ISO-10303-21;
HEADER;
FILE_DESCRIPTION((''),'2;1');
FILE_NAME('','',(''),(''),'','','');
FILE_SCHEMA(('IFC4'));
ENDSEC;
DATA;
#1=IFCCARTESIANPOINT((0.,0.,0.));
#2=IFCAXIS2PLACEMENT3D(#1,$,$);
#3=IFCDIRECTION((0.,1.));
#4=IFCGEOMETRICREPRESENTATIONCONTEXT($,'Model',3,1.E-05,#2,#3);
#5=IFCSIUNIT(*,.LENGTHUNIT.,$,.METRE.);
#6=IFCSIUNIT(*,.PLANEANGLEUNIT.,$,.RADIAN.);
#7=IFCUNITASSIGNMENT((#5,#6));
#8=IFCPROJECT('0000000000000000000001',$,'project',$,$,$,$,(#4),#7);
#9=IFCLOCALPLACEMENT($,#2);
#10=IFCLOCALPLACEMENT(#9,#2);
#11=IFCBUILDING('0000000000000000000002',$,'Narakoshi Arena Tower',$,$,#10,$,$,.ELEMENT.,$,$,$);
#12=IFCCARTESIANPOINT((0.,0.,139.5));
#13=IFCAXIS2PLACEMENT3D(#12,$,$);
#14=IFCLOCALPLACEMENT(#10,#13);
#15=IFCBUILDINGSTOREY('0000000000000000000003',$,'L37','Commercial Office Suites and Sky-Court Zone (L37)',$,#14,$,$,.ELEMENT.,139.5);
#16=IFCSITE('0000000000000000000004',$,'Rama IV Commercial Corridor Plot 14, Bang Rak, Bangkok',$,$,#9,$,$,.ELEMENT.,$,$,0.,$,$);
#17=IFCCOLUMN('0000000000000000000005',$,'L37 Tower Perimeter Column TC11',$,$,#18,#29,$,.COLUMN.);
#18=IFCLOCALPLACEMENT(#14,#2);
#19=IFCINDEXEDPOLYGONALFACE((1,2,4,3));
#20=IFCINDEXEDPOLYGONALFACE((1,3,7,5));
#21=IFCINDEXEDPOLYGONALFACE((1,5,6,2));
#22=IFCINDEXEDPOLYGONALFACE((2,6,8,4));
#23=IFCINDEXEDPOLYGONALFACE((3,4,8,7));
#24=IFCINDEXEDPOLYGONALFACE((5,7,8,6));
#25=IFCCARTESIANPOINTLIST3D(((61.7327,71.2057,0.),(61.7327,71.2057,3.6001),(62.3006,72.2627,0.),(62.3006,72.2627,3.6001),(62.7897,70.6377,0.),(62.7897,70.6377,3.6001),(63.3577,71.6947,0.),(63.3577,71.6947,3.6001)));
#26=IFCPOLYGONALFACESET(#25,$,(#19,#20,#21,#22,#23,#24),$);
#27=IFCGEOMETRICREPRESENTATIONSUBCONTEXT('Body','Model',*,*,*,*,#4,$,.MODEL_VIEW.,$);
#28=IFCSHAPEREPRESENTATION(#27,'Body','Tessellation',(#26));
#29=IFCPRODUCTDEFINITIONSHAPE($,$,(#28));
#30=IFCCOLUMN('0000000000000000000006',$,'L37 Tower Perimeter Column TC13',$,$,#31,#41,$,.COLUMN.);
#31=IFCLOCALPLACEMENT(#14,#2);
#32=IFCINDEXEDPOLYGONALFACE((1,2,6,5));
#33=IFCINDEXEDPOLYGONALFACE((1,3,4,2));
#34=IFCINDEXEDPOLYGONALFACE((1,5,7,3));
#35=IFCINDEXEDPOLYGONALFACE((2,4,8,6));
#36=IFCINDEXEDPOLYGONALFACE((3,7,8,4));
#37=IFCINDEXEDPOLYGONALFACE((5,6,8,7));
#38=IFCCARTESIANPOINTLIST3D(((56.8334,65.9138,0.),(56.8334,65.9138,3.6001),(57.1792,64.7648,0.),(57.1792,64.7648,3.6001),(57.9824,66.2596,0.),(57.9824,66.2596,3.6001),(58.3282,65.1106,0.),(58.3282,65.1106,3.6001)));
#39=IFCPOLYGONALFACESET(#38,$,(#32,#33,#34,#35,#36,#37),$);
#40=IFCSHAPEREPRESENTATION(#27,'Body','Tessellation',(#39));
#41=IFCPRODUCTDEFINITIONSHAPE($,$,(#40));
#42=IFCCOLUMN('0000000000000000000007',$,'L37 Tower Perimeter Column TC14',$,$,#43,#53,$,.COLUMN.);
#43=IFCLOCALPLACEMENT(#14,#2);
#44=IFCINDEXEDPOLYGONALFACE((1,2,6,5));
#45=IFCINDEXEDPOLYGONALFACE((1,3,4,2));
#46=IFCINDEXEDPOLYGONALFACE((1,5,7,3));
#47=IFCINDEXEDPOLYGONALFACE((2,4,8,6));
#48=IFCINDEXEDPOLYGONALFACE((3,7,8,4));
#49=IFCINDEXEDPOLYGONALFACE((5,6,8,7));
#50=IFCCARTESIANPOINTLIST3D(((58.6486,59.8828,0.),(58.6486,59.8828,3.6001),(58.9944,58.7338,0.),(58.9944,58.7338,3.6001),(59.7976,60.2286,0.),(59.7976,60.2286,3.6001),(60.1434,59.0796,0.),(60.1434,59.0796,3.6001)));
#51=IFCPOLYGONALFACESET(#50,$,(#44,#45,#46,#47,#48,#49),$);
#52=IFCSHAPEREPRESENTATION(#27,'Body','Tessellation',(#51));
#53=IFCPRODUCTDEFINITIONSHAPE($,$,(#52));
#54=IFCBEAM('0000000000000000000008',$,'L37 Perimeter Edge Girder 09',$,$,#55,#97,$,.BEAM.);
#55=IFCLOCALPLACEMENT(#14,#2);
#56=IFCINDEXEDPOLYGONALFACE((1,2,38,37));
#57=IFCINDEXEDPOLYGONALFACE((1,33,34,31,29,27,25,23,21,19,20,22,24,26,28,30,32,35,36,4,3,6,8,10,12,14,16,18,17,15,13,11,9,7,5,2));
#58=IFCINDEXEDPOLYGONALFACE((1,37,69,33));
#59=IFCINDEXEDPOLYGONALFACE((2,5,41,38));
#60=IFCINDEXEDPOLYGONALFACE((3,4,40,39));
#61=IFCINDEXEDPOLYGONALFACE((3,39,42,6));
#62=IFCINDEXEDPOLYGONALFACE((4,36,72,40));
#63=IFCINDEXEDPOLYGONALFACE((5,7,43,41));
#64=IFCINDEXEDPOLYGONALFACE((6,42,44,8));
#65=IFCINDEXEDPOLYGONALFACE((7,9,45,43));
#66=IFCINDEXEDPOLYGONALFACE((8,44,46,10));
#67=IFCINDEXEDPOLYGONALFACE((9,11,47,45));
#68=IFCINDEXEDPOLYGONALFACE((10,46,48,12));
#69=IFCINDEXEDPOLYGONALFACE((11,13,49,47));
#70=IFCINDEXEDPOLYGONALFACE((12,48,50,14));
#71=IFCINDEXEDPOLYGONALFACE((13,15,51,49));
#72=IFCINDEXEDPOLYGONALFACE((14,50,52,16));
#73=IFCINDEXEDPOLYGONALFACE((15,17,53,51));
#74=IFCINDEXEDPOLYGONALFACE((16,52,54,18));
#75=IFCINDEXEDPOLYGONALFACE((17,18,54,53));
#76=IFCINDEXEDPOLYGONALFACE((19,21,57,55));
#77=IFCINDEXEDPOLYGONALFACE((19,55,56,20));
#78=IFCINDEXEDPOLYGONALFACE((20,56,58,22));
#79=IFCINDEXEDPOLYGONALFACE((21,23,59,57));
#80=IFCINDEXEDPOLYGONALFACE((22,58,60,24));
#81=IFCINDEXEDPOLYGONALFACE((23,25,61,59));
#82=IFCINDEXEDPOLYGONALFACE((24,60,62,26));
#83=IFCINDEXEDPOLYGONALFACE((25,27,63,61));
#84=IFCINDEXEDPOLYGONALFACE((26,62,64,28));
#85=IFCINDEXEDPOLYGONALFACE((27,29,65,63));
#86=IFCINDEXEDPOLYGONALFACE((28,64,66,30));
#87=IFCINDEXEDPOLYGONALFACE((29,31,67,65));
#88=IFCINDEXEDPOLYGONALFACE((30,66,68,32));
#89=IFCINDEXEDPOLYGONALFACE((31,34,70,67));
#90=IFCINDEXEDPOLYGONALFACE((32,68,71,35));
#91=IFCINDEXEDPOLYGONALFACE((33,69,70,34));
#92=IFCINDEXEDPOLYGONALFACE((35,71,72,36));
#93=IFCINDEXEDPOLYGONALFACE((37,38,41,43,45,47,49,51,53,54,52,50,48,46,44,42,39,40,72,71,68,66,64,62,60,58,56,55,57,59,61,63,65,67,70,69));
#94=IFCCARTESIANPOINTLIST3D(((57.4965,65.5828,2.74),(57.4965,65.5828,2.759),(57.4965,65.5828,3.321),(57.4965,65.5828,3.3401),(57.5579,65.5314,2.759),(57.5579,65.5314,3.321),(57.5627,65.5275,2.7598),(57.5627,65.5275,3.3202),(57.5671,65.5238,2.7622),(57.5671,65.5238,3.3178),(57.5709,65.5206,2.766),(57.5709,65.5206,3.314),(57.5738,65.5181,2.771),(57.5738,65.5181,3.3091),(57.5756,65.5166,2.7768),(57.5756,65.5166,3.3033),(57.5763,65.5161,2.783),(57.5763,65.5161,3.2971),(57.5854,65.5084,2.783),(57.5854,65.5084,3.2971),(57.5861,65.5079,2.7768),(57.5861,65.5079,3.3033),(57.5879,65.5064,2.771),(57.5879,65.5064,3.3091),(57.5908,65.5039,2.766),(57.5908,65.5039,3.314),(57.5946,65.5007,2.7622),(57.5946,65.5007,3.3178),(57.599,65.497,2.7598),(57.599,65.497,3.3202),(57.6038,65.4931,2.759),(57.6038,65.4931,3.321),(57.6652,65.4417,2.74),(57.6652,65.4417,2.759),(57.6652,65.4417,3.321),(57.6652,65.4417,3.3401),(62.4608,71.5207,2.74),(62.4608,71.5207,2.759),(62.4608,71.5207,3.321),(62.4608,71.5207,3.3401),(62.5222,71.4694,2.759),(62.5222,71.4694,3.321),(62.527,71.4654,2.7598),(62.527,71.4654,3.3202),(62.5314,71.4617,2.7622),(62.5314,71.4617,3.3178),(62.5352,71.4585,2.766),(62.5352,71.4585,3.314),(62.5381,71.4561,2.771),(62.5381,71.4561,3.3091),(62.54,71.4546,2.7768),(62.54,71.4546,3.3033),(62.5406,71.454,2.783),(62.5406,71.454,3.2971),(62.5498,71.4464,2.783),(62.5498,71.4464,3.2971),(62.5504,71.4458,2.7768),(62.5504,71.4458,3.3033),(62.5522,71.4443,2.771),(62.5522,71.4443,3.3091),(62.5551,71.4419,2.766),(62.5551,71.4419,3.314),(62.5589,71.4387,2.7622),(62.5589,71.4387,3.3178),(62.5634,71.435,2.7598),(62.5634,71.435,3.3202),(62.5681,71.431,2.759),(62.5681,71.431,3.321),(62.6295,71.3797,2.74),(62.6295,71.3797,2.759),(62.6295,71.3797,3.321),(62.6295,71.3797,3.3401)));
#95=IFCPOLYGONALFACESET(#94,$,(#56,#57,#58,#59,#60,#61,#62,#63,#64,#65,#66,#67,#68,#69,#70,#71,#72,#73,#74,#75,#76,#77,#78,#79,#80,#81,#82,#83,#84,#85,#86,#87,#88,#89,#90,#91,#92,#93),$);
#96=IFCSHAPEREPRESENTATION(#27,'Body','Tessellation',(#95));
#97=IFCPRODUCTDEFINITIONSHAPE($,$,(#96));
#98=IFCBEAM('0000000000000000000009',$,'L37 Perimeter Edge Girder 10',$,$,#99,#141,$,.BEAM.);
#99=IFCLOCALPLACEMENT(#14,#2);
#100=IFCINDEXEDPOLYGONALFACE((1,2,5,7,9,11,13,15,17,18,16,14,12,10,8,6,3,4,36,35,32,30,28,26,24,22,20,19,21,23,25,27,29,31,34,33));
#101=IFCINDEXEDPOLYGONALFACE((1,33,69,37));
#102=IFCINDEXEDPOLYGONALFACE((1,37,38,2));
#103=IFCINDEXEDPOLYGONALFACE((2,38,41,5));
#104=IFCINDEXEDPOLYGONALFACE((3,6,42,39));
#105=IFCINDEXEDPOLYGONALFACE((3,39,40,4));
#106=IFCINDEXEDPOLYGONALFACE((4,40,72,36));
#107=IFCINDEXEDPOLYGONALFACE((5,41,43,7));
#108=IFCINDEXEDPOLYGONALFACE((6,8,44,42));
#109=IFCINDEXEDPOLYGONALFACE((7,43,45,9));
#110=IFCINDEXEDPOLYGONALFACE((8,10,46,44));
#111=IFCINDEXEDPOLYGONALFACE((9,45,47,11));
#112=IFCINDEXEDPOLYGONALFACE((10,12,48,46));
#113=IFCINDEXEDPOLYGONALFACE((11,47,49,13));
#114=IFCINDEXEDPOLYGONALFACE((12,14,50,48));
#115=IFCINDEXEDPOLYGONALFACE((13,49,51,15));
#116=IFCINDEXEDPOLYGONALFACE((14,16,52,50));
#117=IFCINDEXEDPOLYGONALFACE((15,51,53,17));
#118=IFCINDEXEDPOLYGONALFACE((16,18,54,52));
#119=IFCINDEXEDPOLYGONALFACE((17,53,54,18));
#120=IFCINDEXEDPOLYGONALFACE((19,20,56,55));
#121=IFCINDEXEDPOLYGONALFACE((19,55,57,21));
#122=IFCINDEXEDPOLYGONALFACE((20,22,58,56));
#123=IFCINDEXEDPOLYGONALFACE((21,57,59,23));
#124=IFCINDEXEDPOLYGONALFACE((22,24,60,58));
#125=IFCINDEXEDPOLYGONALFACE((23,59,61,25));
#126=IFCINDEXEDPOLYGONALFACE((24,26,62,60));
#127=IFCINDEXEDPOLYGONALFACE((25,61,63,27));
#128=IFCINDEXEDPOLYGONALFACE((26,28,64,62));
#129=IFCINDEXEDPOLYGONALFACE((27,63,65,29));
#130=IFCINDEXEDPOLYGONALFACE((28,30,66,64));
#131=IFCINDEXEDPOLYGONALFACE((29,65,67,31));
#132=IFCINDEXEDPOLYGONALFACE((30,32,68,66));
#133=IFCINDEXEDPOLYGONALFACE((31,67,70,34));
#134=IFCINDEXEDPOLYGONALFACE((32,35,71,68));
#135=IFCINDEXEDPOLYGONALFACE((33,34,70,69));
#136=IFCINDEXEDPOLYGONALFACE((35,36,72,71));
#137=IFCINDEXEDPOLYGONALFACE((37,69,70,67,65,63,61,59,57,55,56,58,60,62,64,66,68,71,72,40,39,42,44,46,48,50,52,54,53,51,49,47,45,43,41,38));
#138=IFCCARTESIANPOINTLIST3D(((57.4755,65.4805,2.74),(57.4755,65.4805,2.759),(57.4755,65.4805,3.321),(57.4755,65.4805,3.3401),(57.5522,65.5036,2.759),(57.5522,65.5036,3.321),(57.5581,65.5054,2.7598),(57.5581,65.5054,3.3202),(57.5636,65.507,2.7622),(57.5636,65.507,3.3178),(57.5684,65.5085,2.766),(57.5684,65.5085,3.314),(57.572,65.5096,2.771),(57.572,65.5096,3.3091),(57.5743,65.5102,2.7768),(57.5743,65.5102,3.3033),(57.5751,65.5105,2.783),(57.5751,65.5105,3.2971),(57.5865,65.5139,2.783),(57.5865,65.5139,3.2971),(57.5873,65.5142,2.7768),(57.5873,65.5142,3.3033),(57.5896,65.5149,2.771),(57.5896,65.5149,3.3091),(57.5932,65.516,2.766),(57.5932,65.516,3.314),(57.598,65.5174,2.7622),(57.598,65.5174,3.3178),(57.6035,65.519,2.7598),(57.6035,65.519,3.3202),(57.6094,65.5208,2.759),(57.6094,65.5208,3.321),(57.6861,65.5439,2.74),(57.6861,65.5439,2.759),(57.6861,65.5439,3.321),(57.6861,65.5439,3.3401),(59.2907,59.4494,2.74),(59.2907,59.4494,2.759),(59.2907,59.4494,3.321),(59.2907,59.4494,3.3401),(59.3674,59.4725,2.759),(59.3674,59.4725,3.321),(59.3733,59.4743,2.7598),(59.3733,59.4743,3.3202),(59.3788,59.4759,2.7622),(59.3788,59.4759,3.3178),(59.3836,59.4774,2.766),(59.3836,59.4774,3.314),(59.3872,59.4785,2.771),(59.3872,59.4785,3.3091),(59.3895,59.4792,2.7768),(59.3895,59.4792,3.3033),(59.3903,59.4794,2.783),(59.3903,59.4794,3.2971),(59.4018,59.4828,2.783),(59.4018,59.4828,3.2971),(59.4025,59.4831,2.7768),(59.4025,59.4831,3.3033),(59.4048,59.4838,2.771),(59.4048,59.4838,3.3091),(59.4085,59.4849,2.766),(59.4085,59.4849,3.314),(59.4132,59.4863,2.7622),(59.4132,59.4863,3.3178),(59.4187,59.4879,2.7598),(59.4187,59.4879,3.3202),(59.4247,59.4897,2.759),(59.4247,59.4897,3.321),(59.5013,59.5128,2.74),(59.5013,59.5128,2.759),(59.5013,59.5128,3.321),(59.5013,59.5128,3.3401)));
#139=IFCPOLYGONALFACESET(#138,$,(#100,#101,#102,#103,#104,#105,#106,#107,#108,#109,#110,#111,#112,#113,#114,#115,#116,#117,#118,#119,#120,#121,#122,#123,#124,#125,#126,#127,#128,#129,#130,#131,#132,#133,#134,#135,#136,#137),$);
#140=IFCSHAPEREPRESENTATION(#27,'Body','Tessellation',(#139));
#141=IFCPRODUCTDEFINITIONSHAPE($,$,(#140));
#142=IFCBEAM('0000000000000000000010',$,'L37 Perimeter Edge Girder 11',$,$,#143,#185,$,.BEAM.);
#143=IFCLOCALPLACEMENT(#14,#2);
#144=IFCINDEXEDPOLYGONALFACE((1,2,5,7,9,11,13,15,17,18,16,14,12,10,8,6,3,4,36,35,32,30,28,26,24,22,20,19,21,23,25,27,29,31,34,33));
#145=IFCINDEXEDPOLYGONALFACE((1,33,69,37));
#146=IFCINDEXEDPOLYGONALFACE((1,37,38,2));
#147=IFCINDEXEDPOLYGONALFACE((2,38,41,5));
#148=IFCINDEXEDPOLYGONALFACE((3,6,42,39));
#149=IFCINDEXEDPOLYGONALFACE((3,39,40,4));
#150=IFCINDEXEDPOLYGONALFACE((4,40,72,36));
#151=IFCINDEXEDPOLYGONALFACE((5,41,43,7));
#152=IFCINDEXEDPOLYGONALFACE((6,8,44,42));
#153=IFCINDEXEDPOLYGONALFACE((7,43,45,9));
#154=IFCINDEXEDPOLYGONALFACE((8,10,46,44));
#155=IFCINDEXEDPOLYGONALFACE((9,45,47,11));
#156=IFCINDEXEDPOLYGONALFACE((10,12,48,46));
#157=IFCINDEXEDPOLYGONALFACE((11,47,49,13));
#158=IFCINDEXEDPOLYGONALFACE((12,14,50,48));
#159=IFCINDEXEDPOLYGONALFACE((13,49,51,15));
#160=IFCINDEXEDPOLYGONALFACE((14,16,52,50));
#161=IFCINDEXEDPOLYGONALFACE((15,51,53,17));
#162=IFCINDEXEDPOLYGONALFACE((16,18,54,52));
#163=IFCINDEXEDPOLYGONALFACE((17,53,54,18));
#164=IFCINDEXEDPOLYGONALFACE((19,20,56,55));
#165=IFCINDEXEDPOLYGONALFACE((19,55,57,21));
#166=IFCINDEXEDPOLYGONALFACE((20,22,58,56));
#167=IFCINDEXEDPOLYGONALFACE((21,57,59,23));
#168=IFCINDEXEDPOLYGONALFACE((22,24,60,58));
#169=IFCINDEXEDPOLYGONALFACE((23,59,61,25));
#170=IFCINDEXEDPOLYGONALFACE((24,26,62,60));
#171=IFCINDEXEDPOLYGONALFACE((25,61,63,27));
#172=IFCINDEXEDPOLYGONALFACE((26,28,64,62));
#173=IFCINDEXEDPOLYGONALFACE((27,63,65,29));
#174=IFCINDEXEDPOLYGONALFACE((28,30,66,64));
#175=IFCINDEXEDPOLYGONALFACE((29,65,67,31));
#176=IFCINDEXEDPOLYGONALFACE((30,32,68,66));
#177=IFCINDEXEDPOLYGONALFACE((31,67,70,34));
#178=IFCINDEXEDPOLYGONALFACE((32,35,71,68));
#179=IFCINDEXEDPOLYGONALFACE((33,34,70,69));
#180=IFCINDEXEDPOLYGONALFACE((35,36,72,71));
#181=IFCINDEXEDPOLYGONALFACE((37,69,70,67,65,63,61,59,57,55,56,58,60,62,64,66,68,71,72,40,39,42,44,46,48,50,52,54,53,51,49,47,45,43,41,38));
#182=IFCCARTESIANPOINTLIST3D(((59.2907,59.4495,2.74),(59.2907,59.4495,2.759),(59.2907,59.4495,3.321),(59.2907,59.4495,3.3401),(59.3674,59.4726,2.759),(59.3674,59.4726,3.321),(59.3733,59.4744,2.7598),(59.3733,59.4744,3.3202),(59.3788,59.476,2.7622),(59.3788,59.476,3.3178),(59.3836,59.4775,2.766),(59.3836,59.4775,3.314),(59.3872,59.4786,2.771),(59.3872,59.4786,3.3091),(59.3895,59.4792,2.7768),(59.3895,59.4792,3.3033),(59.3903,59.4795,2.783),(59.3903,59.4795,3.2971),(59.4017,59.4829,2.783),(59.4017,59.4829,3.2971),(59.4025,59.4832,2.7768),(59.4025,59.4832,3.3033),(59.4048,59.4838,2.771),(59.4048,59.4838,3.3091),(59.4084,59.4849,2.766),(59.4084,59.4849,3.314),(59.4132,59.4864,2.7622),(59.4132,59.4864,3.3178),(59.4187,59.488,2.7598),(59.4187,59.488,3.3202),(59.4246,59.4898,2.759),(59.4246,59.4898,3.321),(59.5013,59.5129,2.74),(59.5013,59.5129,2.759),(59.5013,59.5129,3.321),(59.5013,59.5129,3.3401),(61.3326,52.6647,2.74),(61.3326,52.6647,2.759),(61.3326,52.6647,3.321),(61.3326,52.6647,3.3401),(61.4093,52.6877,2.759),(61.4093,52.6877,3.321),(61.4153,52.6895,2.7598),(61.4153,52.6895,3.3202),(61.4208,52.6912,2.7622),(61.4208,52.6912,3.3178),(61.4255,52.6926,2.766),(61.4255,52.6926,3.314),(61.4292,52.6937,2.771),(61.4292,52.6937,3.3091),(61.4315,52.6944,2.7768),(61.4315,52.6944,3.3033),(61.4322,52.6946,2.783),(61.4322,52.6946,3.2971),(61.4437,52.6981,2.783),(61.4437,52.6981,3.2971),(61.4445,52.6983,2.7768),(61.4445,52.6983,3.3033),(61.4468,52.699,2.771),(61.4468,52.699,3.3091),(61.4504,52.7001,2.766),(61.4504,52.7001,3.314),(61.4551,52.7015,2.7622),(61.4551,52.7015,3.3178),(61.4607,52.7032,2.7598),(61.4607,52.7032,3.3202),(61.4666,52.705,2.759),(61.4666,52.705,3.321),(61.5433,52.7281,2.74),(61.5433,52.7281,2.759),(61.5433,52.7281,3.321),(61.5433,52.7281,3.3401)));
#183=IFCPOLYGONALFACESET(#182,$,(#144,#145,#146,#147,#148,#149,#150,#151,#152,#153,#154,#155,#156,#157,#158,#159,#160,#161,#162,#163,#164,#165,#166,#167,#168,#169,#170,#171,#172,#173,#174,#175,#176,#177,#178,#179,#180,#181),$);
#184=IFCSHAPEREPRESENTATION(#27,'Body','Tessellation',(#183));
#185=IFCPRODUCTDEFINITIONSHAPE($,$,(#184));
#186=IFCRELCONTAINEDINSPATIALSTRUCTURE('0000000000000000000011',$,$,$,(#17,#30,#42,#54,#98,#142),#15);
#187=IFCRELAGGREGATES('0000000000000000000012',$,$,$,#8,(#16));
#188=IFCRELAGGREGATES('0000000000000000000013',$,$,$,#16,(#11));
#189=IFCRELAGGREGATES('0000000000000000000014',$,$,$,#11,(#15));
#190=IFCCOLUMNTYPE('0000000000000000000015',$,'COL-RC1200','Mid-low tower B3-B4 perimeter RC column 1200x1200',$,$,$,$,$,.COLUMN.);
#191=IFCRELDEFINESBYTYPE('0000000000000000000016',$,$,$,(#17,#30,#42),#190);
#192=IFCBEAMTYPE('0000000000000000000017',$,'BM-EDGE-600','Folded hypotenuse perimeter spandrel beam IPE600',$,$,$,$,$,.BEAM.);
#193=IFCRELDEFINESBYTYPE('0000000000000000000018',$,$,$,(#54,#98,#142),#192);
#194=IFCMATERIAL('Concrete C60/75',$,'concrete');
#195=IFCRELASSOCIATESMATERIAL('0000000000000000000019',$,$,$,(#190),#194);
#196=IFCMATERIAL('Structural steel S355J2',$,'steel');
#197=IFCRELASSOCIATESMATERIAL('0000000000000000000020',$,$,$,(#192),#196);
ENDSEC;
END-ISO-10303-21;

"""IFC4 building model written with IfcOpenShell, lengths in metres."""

from ifc_helpers import new_model, si_unit, direction, frame, origin, origin_2d, place, context, subcontext, project, spatial, rectangle, i_section, extrude, material, material_profile, profile_set, type_object, element, save


model = new_model("IFC4")

# Units and contexts
model_context = context("Model", 3, precision=1e-05, world=origin(), true_north=direction((0.0, 1.0)))
body_context = subcontext(model_context, "Body", "Model", "MODEL_VIEW")
ifc_project = project(units=[si_unit("LENGTHUNIT", "METRE"), si_unit("PLANEANGLEUNIT", "RADIAN")], contexts=[model_context])

# Site, building, storey
site_placement = place(None, origin())
site = spatial("IfcSite", under=ifc_project, at=site_placement, Name="Rama IV Commercial Corridor Plot 14, Bang Rak, Bangkok", CompositionType="ELEMENT", RefElevation=0.0)
building_placement = place(site_placement, origin())
building = spatial("IfcBuilding", under=site, at=building_placement, Name="Narakoshi Arena Tower", CompositionType="ELEMENT")
storey_placement = place(building_placement, frame((0.0, 0.0, 139.5)))
storey = spatial("IfcBuildingStorey", under=building, at=storey_placement, Name="L37", Description="Commercial Office Suites and Sky-Court Zone (L37)", CompositionType="ELEMENT", Elevation=139.5)

# Columns
ifc_material_1 = material(Name="Concrete C60/75", Category="concrete")
ifc_material_profile_1 = material_profile(ifc_material_1, rectangle(XDim=1.2, YDim=1.2, at=origin_2d()), Name="RC1200x1200")
ifc_profile_set_1 = profile_set([ifc_material_profile_1], Name="Concrete C60/75")
column_type = type_object("IfcColumnType", Name="COL-RC1200", Description="Mid-low tower B3-B4 perimeter RC column 1200x1200", PredefinedType="COLUMN", material=ifc_profile_set_1)
for number, where, z_axis, x_axis, name in (
    (1, (62.5452, 71.4502, 0.0), (0.0, 0.0, 1.0), (0.47332, 0.880891, 0.0), "L37 Tower Perimeter Column TC11"),
    (2, (57.5808, 65.5122, 0.0), (0.0, 0.0, 1.0), (-0.288196, 0.957571, 0.0), "L37 Tower Perimeter Column TC13"),
    (3, (59.396, 59.4812, 0.0), (0.0, 0.0, 1.0), (-0.288196, 0.957571, 0.0), "L37 Tower Perimeter Column TC14"),
):
    element("IfcColumn", number, at=place(storey_placement, frame(where, z_axis=z_axis, x_axis=x_axis)), inside=storey, type_object=column_type, Name=name, PredefinedType="COLUMN", context=body_context, shape_type="SweptSolid", body=[
        extrude(rectangle(XDim=1.2, YDim=1.2, at=origin_2d()), origin(), (0.0, 0.0, 1.0), 3.6001),
    ])

# Beams
ifc_material_2 = material(Name="Structural steel S355J2", Category="steel")
ifc_material_profile_2 = material_profile(ifc_material_2, i_section(OverallWidth=0.22, OverallDepth=0.6001, WebThickness=0.012, FlangeThickness=0.019, FilletRadius=0.0239, at=origin_2d()), Name="IPE600")
ifc_profile_set_2 = profile_set([ifc_material_profile_2], Name="Structural steel S355J2")
beam_type_1 = type_object("IfcBeamType", Name="BM-EDGE-600", Description="Folded hypotenuse perimeter spandrel beam IPE600", PredefinedType="BEAM", material=ifc_profile_set_2)
beam_1_placement = place(storey_placement, frame((62.5452, 71.4502, 3.04), z_axis=(-0.641406, -0.767202, 0.0), x_axis=(0.767202, -0.641406, 0.0)))
element("IfcBeam", 4, at=beam_1_placement, inside=storey, type_object=beam_type_1, Name="L37 Perimeter Edge Girder 09", PredefinedType="BEAM", context=body_context, shape_type="SweptSolid", body=[
    extrude(i_section(OverallWidth=0.22, OverallDepth=0.6001, WebThickness=0.012, FlangeThickness=0.019, FilletRadius=0.0239, at=origin_2d()), origin(), (0.0, 0.0, 1.0), 7.7397),
])
beam_2_placement = place(storey_placement, frame((57.5808, 65.5122, 3.04), z_axis=(0.288205, -0.957569, 0.0), x_axis=(0.957569, 0.288205, 0.0)))
element("IfcBeam", 5, at=beam_2_placement, inside=storey, type_object=beam_type_1, Name="L37 Perimeter Edge Girder 10", PredefinedType="BEAM", context=body_context, shape_type="SweptSolid", body=[
    extrude(i_section(OverallWidth=0.22, OverallDepth=0.6001, WebThickness=0.012, FlangeThickness=0.019, FilletRadius=0.0239, at=origin_2d()), origin(), (0.0, 0.0, 1.0), 6.2983),
])
beam_3_placement = place(storey_placement, frame((59.396, 59.4812, 3.04), z_axis=(0.288192, -0.957573, 0.0), x_axis=(0.957573, 0.288192, 0.0)))
element("IfcBeam", 6, at=beam_3_placement, inside=storey, type_object=beam_type_1, Name="L37 Perimeter Edge Girder 11", PredefinedType="BEAM", context=body_context, shape_type="SweptSolid", body=[
    extrude(i_section(OverallWidth=0.22, OverallDepth=0.6001, WebThickness=0.012, FlangeThickness=0.019, FilletRadius=0.0239, at=origin_2d()), origin(), (0.0, 0.0, 1.0), 7.0854),
])

save(model, "model.ifc")
